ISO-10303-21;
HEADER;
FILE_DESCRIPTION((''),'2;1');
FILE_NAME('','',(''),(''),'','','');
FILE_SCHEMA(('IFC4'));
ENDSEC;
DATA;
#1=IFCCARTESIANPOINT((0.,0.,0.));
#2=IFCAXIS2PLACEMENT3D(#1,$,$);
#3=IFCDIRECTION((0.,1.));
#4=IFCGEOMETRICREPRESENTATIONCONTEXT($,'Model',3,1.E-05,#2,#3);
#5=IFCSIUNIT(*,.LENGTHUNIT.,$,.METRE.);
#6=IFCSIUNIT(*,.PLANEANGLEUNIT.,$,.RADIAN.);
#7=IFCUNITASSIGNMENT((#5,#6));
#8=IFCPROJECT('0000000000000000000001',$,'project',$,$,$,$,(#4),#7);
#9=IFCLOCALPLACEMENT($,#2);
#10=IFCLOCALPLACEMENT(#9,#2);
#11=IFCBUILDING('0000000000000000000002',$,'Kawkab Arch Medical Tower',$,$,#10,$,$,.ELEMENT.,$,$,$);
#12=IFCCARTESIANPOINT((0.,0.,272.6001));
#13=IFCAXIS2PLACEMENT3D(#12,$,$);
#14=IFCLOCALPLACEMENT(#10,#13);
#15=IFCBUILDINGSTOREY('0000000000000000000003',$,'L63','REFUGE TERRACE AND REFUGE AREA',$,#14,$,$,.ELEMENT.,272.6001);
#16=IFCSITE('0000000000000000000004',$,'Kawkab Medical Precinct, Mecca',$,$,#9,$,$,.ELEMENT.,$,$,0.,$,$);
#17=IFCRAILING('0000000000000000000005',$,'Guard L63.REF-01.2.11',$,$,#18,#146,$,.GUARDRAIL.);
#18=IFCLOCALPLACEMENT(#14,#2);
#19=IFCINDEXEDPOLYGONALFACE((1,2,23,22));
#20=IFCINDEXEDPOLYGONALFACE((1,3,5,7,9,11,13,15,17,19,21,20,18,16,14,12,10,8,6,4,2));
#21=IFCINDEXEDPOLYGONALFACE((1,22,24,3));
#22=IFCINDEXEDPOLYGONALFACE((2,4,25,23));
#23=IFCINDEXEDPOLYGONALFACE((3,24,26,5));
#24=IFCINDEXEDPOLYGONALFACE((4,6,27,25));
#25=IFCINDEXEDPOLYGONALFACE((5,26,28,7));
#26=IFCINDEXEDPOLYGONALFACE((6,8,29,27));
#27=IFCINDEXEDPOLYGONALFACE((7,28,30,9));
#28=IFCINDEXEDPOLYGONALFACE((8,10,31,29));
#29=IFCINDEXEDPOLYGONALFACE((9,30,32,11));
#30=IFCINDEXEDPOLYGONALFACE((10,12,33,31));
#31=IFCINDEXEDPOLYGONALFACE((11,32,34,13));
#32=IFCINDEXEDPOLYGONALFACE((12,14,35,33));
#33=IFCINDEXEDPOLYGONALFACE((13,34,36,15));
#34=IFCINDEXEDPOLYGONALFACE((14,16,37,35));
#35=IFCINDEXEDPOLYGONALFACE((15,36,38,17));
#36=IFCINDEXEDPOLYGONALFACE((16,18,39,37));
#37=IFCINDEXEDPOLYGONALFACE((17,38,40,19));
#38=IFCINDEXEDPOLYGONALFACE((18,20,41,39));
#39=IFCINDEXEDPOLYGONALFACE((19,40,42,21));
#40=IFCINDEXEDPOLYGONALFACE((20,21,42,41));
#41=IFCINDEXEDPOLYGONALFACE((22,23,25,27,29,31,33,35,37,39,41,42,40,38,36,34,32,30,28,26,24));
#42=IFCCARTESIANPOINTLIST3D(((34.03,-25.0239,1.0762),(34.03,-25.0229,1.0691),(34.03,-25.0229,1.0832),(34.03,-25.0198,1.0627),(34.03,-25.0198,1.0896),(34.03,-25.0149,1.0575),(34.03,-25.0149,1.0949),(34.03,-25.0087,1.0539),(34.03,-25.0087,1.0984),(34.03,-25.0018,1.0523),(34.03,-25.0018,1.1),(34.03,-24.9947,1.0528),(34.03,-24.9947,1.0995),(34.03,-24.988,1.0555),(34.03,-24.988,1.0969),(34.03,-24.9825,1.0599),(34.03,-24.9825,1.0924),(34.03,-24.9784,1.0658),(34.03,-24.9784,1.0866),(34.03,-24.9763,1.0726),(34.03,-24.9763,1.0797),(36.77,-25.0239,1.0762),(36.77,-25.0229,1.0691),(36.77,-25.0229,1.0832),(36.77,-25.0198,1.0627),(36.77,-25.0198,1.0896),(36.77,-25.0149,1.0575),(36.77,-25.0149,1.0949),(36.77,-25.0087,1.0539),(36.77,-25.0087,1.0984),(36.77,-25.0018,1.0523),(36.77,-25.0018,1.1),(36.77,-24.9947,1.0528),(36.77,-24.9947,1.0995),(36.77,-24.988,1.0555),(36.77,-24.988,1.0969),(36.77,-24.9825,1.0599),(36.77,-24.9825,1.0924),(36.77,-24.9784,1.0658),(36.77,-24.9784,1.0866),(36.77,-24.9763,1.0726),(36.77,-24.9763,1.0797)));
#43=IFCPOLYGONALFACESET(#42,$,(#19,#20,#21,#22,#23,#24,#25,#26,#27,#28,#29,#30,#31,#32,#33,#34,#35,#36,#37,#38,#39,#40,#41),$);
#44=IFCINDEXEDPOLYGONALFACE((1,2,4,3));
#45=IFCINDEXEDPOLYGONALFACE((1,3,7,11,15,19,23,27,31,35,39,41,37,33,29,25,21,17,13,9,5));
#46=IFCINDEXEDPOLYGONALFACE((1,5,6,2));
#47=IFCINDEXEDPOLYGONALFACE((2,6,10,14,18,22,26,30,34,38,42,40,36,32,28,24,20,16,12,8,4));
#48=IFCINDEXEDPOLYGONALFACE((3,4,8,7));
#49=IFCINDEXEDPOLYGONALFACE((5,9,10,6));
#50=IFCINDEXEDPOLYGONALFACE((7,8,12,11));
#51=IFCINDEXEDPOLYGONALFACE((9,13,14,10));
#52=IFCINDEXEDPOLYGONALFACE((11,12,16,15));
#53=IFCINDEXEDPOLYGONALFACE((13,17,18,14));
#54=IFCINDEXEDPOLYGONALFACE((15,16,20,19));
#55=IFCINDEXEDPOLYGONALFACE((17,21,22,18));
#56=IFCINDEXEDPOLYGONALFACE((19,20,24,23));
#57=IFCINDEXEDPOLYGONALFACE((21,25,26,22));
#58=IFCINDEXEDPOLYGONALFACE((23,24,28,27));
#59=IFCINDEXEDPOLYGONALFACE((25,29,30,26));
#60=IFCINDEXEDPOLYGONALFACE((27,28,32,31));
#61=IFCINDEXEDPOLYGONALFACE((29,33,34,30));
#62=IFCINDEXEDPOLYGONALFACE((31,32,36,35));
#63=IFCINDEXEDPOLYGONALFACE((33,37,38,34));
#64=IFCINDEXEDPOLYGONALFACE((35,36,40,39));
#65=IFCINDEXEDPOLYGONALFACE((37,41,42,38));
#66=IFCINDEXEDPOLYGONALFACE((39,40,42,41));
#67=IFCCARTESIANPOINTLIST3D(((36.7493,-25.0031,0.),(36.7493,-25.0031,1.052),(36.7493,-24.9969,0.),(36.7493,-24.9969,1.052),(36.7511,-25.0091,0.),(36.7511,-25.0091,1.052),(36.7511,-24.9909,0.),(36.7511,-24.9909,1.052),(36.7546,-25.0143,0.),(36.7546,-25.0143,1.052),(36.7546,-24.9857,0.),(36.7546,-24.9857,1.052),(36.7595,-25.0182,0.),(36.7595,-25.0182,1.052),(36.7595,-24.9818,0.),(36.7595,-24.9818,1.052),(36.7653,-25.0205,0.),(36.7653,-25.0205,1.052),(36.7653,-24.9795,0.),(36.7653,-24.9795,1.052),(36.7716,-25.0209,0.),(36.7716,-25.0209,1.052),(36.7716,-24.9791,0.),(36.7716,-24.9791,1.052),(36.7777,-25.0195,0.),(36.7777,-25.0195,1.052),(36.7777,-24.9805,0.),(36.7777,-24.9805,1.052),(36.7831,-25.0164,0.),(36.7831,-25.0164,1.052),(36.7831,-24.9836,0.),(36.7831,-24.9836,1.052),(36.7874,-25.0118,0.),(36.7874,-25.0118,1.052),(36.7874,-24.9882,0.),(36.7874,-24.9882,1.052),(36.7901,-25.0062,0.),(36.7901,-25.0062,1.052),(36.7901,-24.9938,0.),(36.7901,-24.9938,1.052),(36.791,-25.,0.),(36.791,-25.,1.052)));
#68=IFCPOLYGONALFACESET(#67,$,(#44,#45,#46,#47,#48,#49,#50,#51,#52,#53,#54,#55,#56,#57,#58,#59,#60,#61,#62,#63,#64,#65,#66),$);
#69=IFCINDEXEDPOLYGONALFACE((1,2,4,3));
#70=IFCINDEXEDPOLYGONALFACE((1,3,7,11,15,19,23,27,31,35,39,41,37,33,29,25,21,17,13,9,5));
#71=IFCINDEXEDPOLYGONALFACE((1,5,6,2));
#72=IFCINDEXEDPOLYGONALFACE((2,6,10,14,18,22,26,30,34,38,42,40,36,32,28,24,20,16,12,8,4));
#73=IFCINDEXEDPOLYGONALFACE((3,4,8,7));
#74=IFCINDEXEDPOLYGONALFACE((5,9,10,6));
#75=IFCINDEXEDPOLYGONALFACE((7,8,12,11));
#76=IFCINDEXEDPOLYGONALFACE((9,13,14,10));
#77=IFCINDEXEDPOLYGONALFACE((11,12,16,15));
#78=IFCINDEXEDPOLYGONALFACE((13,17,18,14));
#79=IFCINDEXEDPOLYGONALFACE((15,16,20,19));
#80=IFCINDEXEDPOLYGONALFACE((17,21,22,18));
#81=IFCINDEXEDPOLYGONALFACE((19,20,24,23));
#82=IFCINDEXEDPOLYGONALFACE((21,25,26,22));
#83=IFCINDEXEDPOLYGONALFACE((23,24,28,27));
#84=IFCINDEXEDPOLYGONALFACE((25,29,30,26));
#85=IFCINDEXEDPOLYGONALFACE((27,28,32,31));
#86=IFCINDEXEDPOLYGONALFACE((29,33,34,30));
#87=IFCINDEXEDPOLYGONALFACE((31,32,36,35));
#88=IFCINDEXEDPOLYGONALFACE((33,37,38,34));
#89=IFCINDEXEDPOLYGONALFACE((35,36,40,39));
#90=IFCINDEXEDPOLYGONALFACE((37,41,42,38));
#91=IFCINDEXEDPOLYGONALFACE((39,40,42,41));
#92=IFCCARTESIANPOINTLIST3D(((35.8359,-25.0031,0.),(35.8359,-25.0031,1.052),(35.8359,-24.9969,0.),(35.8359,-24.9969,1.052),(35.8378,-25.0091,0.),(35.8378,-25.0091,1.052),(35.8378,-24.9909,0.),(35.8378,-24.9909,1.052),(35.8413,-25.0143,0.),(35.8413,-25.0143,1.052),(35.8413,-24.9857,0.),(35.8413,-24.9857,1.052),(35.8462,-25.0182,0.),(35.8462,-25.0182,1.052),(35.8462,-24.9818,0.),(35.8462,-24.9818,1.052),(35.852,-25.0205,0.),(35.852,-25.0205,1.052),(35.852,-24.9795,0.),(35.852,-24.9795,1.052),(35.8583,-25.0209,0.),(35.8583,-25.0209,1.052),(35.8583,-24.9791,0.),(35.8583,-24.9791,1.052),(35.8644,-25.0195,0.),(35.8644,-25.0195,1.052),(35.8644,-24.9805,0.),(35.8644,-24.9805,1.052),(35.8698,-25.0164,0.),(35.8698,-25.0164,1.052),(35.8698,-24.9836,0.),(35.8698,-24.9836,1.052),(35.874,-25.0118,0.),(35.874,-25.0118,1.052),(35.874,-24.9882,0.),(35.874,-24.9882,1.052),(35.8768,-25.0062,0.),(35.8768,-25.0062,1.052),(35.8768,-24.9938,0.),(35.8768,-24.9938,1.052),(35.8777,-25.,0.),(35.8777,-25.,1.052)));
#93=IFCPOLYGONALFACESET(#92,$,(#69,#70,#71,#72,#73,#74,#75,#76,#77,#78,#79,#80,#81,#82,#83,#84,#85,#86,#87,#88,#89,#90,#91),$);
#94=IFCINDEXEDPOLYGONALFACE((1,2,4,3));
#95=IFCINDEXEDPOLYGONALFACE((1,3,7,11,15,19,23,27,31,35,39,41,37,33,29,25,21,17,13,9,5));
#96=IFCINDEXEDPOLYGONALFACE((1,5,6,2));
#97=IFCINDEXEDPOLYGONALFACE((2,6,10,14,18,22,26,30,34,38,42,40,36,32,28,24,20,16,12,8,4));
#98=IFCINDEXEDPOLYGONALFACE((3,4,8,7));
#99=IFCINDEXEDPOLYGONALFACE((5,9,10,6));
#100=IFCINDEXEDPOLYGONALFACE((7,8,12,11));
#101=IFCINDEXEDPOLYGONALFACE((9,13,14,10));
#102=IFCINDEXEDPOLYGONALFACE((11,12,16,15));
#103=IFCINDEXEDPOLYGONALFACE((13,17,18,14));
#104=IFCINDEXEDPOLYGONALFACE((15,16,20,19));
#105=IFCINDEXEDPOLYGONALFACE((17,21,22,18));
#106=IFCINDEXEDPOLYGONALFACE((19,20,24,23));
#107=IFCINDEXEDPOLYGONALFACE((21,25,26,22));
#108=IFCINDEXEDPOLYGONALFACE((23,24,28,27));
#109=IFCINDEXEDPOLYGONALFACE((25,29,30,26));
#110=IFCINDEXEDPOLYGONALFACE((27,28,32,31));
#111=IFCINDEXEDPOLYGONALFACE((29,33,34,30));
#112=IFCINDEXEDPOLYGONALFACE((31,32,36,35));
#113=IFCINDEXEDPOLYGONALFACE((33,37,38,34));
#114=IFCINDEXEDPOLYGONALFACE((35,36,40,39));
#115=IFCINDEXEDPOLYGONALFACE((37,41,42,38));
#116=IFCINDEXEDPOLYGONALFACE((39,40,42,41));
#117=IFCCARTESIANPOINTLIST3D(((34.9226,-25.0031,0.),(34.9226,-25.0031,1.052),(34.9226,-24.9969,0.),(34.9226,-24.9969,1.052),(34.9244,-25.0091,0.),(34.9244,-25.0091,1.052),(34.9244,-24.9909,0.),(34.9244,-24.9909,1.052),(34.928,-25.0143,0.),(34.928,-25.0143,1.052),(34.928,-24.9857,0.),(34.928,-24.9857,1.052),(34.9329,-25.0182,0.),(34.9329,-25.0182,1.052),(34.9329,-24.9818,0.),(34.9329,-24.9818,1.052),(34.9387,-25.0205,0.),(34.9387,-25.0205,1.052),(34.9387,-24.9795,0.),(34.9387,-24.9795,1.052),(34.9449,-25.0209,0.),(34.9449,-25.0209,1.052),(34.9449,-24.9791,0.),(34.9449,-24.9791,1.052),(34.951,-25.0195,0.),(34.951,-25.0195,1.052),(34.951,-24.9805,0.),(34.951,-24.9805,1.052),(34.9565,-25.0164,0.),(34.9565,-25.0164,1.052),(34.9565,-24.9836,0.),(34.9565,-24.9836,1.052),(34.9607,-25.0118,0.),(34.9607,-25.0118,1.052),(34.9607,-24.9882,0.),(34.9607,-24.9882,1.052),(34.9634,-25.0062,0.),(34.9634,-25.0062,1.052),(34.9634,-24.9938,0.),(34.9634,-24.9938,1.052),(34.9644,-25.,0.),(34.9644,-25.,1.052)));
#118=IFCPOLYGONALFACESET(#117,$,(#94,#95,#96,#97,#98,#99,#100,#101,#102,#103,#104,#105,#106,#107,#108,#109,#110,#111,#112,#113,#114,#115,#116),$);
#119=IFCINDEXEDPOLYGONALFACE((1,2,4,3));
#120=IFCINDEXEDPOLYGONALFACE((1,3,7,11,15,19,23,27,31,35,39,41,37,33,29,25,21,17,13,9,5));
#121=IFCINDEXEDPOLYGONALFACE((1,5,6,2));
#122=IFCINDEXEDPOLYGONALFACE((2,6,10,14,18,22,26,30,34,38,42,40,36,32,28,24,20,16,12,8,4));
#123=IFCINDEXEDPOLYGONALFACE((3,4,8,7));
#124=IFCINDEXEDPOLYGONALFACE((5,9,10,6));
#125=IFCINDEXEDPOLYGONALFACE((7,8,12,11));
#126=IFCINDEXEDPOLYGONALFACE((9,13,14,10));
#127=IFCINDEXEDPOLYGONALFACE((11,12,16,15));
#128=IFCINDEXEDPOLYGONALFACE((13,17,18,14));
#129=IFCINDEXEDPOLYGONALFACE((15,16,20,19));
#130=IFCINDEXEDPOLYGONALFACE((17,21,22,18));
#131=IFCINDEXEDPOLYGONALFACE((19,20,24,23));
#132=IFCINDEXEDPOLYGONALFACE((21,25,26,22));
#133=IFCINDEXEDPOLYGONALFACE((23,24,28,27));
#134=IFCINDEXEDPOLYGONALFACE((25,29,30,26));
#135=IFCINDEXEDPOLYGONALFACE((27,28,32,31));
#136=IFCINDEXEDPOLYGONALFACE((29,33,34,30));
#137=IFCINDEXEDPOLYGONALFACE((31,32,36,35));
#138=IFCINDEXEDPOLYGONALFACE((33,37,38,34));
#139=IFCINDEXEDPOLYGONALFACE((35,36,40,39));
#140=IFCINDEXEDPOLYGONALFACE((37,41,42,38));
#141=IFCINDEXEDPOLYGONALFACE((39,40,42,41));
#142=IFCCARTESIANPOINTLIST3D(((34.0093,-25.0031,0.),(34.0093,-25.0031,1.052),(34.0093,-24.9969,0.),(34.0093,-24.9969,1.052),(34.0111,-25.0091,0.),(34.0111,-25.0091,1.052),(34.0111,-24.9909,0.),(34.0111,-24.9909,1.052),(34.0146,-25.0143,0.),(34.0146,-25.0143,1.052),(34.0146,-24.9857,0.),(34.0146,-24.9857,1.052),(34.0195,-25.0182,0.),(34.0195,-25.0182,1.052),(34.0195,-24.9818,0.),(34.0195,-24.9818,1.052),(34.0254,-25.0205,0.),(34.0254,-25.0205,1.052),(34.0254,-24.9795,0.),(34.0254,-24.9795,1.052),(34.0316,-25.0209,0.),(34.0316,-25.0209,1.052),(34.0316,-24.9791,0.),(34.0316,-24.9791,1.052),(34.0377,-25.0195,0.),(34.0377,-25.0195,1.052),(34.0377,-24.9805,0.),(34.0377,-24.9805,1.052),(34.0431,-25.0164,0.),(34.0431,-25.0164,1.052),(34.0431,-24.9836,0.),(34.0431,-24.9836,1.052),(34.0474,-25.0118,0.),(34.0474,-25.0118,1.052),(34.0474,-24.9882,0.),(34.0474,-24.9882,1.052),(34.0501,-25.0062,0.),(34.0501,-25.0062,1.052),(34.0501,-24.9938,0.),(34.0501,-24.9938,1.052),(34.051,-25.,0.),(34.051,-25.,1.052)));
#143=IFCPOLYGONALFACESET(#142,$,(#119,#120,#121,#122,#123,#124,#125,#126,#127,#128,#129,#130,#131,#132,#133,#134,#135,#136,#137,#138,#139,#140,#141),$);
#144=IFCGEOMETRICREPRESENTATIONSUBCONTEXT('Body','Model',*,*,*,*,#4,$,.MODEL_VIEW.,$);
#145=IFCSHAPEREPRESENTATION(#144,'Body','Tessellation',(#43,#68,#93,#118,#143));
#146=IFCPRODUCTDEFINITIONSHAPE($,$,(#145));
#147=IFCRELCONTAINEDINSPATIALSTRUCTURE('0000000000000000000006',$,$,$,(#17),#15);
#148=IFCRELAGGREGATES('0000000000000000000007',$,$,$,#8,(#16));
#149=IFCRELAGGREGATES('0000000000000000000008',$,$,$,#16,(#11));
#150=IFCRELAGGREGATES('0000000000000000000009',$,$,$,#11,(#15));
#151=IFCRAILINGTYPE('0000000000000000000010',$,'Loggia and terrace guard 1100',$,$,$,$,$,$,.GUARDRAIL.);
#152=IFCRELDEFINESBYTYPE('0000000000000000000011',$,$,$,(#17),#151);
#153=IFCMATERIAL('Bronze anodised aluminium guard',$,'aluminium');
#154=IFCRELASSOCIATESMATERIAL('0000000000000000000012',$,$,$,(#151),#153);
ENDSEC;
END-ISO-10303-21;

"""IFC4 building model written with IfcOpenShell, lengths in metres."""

from ifc_helpers import new_model, si_unit, direction, frame, origin, origin_2d, place, context, subcontext, project, spatial, circle, extrude, material, type_object, element, save


model = new_model("IFC4")

# Units and contexts
model_context = context("Model", 3, precision=1e-05, world=origin(), true_north=direction((0.0, 1.0)))
body_context = subcontext(model_context, "Body", "Model", "MODEL_VIEW")
ifc_project = project(units=[si_unit("LENGTHUNIT", "METRE"), si_unit("PLANEANGLEUNIT", "RADIAN")], contexts=[model_context])

# Site, building, storey
site_placement = place(None, origin())
site = spatial("IfcSite", under=ifc_project, at=site_placement, Name="Kawkab Medical Precinct, Mecca", CompositionType="ELEMENT", RefElevation=0.0)
building_placement = place(site_placement, origin())
building = spatial("IfcBuilding", under=site, at=building_placement, Name="Kawkab Arch Medical Tower", CompositionType="ELEMENT")
storey_placement = place(building_placement, frame((0.0, 0.0, 272.6001)))
storey = spatial("IfcBuildingStorey", under=building, at=storey_placement, Name="L63", Description="REFUGE TERRACE AND REFUGE AREA", CompositionType="ELEMENT", Elevation=272.6001)

# Railing
ifc_material_1 = material(Name="Bronze anodised aluminium guard", Category="aluminium")
railing_type = type_object("IfcRailingType", Name="Loggia and terrace guard 1100", PredefinedType="GUARDRAIL", material=ifc_material_1)
railing_1_placement = place(storey_placement, frame((36.77, -25.0, 0.0)))
element("IfcRailing", 1, at=railing_1_placement, inside=storey, type_object=railing_type, Name="Guard L63.REF-01.2.11", PredefinedType="GUARDRAIL", context=body_context, shape_type="SweptSolid", body=[
    extrude(circle(Radius=0.0239, at=origin_2d()), frame((0.0, 0.0, 1.0762), z_axis=(-1.0, 0.0, 0.0), x_axis=(0.0, -1.0, 0.0)), (0.0, 0.0, 1.0), 2.74),
    extrude(circle(Radius=0.021, at=origin_2d()), origin(), (0.0, 0.0, 1.0), 1.052),
    extrude(circle(Radius=0.021, at=origin_2d()), frame((-0.9133, 0.0, 0.0)), (0.0, 0.0, 1.0), 1.052),
    extrude(circle(Radius=0.021, at=origin_2d()), frame((-1.8267, 0.0, 0.0)), (0.0, 0.0, 1.0), 1.052),
    extrude(circle(Radius=0.021, at=origin_2d()), frame((-2.74, 0.0, 0.0)), (0.0, 0.0, 1.0), 1.052),
])

save(model, "model.ifc")
